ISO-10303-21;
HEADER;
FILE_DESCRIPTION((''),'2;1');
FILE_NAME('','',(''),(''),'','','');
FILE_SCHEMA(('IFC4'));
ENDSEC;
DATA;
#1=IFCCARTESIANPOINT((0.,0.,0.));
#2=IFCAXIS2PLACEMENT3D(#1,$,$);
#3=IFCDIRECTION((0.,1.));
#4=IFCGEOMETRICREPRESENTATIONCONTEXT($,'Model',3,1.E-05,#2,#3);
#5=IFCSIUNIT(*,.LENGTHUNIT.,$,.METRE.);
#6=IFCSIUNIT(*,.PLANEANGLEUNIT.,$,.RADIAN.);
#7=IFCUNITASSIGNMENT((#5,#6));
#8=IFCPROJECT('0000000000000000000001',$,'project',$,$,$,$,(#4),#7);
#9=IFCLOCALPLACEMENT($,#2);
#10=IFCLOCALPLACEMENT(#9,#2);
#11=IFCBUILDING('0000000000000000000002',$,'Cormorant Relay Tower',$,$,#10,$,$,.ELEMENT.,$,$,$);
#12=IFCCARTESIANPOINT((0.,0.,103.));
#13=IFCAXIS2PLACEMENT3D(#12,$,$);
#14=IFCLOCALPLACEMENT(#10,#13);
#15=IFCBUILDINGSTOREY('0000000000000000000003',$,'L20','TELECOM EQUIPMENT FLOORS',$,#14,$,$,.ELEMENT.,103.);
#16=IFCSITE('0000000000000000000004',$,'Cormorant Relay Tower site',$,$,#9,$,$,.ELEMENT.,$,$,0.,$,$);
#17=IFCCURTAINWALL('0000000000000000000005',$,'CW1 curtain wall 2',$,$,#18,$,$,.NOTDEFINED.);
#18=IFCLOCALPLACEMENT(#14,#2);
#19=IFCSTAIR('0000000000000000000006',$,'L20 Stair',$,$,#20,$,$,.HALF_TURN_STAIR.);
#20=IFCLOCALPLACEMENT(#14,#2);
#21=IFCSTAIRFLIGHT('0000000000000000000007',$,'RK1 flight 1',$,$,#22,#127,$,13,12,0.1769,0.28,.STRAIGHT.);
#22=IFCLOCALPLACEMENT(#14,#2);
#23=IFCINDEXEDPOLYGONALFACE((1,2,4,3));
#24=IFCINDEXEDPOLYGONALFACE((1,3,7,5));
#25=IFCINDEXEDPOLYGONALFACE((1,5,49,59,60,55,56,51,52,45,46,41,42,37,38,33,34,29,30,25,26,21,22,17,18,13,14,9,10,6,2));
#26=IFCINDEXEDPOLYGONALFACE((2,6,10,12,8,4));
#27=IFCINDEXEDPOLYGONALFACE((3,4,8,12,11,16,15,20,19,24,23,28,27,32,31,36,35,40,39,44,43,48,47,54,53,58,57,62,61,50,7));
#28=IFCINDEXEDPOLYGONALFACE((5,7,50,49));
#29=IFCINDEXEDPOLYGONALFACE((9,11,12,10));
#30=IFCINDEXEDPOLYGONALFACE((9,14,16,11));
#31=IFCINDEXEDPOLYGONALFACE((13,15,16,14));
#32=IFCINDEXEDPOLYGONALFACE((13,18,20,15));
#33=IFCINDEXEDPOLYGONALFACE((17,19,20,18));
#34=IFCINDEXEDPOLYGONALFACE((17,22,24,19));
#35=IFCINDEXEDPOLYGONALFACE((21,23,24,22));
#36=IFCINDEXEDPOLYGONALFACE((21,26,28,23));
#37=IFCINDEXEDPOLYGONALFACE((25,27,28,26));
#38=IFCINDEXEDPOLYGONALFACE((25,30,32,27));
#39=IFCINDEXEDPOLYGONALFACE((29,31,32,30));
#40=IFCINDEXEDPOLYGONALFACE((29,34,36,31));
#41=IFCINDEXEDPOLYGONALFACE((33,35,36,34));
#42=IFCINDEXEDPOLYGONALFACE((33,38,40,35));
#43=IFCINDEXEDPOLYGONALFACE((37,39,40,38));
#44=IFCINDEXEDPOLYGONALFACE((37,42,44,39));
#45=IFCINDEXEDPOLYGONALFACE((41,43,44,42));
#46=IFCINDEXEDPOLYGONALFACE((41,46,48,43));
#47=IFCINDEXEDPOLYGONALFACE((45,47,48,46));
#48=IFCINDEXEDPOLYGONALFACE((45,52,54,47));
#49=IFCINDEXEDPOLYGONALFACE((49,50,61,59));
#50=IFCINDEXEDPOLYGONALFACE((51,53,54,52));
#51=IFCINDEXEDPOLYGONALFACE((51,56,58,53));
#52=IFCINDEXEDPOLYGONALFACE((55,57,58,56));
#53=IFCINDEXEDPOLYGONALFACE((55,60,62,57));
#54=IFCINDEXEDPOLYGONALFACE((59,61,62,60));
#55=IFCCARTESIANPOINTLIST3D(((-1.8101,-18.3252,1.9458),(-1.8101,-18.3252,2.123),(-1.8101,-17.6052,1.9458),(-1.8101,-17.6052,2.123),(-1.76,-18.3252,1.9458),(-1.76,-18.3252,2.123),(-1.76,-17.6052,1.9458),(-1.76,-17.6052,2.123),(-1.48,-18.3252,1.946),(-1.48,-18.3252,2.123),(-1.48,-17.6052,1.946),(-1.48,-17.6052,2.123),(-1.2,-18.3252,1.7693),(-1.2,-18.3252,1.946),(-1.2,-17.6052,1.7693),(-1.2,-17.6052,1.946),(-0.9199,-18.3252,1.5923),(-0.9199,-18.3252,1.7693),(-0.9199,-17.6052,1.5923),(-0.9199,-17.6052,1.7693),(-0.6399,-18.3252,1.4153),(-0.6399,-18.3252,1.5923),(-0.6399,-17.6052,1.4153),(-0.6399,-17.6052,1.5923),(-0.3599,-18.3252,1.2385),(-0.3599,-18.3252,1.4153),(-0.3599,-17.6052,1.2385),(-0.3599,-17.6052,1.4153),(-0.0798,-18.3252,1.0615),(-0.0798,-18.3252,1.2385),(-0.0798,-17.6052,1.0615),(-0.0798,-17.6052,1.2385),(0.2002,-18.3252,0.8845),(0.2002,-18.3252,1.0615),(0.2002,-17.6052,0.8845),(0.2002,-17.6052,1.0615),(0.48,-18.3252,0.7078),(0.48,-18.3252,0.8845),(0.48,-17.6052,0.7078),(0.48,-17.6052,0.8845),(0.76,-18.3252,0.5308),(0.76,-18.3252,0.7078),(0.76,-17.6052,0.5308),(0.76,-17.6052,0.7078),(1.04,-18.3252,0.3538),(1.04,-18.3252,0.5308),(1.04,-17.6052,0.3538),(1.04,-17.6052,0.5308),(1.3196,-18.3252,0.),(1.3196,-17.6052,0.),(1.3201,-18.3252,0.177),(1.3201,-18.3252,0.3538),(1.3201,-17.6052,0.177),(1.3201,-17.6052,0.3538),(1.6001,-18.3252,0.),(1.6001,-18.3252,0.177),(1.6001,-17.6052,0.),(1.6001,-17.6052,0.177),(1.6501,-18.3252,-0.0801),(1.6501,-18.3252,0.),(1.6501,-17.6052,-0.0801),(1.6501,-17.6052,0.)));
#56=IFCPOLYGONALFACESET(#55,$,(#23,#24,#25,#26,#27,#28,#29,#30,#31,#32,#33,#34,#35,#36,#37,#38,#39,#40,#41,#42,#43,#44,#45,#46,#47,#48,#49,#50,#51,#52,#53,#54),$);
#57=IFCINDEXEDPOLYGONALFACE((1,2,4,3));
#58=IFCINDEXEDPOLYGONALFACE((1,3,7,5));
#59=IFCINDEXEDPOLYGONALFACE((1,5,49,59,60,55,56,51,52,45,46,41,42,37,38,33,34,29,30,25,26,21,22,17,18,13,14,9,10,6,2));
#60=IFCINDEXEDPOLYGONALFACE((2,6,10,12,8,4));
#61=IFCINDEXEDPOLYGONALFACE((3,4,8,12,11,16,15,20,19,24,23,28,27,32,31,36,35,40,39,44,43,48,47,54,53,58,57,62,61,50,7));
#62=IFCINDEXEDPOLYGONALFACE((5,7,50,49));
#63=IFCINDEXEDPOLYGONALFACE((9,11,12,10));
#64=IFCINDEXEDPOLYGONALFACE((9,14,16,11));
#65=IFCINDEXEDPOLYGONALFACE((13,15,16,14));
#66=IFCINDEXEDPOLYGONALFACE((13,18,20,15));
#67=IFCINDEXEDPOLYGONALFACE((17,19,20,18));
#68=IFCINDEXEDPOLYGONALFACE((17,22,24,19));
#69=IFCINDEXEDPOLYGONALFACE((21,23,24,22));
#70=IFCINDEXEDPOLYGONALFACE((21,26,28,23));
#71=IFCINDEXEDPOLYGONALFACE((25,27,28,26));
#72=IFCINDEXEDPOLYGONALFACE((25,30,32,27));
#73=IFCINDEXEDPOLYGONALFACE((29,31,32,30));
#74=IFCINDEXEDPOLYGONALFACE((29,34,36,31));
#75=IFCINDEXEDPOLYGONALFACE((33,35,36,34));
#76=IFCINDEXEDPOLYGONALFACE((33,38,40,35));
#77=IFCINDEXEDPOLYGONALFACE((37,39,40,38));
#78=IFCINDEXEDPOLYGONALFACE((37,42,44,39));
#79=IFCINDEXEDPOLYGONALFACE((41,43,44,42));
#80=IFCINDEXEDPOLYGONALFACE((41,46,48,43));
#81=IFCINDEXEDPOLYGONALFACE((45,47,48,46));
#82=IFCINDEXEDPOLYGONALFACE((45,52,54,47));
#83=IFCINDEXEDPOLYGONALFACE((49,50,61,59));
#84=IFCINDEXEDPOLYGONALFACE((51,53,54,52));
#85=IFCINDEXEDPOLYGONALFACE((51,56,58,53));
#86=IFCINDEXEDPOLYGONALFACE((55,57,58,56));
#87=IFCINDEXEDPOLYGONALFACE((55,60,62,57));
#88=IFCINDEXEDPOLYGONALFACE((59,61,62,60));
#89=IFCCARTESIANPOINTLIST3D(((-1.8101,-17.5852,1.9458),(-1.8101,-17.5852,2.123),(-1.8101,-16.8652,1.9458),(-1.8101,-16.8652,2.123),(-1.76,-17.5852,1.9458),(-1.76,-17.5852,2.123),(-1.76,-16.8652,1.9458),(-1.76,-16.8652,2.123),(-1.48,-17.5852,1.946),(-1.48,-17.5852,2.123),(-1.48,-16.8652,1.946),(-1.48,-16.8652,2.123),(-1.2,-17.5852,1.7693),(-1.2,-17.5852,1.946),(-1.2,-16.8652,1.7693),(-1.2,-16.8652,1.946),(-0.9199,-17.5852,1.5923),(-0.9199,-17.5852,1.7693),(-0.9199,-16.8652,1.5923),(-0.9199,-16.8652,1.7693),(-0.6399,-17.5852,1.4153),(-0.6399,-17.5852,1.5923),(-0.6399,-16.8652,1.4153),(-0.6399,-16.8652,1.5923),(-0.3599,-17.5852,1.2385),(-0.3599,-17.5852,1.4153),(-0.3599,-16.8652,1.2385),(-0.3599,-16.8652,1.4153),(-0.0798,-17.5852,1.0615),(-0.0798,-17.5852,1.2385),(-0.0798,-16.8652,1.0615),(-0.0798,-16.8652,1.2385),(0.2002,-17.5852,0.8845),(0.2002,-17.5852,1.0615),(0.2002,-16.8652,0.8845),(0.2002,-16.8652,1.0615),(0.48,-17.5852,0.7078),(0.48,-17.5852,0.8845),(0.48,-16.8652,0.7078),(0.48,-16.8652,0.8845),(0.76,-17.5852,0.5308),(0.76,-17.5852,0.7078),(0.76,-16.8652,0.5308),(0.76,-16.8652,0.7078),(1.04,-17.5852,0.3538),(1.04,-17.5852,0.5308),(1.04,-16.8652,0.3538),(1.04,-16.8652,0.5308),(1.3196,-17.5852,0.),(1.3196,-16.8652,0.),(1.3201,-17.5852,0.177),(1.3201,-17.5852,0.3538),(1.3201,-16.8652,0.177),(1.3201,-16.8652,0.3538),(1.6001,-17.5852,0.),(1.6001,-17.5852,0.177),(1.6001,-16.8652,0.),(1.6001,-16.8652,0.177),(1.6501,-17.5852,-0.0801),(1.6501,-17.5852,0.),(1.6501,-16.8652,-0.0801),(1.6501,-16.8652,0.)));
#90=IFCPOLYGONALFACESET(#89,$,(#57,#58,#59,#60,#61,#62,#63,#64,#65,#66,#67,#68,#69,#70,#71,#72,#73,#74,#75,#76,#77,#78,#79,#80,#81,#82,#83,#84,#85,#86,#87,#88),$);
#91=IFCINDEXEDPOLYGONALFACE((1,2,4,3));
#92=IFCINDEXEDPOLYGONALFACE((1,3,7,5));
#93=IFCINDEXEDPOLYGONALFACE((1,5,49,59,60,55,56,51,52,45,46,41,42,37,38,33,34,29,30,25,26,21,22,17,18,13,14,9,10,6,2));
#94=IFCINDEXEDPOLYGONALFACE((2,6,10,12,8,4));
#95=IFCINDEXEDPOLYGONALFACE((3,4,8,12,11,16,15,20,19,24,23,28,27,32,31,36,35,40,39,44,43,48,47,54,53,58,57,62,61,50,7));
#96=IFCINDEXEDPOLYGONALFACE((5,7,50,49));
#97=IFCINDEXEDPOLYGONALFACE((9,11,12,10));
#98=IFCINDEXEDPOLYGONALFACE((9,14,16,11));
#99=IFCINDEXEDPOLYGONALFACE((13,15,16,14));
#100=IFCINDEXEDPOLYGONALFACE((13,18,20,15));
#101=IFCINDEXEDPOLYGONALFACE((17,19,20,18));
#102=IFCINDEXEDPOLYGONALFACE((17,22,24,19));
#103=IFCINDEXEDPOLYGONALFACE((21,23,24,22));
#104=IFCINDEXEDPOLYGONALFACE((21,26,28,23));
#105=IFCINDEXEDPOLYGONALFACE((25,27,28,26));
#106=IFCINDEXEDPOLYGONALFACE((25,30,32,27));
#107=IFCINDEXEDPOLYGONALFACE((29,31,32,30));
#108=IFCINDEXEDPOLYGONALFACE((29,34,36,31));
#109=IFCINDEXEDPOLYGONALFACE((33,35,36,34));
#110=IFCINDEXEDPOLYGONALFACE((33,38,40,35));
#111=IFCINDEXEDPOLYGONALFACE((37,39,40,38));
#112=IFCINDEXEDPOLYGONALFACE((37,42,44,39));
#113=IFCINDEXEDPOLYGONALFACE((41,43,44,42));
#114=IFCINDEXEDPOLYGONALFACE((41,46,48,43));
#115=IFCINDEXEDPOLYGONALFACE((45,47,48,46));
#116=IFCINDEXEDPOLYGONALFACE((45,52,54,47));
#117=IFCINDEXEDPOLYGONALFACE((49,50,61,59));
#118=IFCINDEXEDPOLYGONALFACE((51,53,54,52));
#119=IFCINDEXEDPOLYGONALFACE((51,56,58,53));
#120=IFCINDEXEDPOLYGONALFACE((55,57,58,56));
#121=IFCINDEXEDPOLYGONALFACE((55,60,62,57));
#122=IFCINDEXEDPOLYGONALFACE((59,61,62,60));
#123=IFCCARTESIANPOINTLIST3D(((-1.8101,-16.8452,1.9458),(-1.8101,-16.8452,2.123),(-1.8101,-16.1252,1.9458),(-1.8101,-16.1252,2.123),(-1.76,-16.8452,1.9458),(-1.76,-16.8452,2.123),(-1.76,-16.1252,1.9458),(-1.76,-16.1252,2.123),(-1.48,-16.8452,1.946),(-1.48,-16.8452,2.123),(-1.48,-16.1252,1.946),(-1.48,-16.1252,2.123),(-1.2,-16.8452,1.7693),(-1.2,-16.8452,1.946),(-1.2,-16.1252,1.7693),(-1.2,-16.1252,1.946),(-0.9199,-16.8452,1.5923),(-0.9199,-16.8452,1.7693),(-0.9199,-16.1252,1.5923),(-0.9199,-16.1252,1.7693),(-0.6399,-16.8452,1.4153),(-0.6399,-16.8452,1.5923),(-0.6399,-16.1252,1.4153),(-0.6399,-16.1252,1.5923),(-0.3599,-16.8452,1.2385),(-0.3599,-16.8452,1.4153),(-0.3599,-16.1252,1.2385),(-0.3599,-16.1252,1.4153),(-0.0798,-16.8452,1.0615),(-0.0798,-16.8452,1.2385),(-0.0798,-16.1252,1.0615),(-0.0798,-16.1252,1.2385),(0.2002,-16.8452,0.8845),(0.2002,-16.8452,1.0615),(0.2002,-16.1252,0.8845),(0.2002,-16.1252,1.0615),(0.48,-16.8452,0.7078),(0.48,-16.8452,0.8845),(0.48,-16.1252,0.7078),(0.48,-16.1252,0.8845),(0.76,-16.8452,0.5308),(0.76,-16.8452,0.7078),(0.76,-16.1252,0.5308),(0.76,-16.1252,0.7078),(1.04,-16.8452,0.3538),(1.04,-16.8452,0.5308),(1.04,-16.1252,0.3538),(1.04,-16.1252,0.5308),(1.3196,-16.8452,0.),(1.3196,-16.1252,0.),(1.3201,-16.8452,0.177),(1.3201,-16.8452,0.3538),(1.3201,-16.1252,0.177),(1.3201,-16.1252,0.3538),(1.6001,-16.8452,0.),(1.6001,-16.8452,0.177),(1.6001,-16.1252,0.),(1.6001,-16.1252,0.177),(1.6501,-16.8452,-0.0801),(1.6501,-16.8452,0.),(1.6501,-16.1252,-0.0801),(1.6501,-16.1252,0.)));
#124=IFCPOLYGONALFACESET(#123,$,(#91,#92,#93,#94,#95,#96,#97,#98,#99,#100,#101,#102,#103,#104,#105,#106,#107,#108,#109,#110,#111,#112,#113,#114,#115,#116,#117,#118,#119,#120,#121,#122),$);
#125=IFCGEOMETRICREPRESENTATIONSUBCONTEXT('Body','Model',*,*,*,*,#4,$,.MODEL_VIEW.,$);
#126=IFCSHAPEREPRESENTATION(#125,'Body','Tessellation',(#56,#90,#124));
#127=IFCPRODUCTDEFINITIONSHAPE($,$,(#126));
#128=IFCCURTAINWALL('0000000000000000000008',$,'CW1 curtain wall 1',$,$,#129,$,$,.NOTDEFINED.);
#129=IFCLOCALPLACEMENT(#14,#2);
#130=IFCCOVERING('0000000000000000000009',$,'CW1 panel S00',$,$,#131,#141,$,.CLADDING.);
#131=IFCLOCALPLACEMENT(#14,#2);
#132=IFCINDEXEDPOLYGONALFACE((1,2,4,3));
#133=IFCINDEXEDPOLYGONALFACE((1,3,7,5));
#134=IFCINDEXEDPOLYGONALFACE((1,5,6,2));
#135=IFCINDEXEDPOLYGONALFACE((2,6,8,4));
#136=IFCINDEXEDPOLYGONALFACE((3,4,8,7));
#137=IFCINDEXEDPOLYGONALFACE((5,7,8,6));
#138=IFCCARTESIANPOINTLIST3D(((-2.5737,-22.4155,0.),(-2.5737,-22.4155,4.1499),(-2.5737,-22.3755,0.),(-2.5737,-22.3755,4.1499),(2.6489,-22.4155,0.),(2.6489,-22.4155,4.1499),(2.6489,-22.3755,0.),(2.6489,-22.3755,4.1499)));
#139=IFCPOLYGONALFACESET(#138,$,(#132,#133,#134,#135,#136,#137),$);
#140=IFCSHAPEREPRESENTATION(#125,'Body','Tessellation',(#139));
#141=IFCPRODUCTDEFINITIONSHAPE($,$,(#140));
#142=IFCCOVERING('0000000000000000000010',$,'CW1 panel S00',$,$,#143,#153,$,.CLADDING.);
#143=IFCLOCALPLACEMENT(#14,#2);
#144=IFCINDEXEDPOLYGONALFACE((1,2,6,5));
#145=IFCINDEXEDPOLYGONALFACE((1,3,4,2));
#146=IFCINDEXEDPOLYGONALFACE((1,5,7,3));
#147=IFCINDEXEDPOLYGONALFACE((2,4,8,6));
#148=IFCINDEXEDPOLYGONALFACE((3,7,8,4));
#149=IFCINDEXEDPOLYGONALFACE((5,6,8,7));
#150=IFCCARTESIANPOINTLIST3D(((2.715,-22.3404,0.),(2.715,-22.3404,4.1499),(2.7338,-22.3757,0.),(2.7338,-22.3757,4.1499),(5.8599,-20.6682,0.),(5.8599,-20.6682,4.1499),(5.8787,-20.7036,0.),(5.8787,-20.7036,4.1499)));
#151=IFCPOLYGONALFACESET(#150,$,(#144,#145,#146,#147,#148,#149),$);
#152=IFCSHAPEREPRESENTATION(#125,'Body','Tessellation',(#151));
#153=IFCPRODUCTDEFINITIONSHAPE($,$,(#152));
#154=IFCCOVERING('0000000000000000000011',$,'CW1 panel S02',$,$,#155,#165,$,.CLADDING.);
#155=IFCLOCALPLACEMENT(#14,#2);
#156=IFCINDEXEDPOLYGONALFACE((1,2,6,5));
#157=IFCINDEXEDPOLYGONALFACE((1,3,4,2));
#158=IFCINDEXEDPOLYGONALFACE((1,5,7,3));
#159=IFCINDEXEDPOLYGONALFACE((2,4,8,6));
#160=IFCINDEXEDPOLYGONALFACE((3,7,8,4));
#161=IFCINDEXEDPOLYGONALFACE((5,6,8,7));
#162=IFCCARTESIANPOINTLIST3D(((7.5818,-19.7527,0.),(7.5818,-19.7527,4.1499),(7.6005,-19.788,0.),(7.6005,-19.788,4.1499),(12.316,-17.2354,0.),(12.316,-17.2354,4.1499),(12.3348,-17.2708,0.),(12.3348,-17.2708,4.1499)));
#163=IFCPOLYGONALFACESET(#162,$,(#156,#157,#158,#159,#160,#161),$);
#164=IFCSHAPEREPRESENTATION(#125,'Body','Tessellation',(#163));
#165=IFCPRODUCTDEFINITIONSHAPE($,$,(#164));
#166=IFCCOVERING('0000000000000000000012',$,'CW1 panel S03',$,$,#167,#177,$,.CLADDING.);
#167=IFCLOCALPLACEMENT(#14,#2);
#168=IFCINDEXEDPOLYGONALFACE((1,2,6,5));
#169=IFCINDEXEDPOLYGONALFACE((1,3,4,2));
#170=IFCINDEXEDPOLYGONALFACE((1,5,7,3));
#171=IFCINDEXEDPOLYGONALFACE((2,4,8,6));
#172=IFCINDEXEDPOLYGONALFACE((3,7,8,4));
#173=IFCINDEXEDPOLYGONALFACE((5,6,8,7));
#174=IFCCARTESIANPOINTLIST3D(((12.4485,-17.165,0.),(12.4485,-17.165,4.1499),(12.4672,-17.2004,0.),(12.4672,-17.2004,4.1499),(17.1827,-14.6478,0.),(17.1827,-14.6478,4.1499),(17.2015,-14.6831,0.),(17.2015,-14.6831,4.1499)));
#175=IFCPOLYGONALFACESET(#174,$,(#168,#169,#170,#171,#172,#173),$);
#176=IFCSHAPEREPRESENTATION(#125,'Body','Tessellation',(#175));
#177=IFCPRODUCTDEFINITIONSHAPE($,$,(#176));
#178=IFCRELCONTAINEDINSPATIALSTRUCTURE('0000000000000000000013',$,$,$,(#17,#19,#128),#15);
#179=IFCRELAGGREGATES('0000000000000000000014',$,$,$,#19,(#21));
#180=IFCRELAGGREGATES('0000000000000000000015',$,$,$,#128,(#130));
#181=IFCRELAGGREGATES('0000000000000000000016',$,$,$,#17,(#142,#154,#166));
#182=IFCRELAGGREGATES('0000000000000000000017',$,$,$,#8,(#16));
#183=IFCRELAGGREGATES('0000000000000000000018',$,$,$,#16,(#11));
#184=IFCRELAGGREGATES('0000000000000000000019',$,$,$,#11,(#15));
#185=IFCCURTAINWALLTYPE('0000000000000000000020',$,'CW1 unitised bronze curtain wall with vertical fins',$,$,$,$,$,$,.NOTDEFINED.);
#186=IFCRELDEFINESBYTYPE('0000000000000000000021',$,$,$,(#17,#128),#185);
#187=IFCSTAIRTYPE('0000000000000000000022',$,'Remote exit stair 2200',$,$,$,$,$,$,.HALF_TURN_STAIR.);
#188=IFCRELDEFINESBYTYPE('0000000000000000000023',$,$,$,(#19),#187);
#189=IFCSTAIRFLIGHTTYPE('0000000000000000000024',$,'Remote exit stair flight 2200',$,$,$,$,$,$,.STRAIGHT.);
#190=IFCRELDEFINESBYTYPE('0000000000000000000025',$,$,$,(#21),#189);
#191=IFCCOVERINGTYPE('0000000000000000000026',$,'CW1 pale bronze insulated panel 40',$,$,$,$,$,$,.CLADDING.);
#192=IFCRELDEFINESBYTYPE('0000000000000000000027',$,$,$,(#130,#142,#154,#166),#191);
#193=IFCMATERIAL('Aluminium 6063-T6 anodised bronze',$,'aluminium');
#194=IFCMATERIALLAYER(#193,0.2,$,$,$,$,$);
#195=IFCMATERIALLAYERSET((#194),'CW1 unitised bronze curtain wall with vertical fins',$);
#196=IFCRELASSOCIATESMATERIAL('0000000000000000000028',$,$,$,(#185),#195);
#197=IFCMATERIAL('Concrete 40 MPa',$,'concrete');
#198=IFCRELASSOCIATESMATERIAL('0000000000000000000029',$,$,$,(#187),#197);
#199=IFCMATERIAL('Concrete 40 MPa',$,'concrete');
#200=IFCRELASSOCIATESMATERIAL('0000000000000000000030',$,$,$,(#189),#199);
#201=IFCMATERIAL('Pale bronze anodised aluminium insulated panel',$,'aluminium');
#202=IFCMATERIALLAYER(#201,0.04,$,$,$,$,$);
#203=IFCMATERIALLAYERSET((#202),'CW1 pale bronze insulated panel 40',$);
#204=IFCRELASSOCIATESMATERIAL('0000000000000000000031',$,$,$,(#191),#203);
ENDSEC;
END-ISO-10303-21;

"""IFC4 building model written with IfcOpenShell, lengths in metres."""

from ifc_helpers import new_model, si_unit, direction, frame, origin, origin_2d, place, context, subcontext, project, spatial, polyline, rectangle, outline, extrude, material, layer, layer_set, type_object, element, aggregate, save


model = new_model("IFC4")

# Units and contexts
model_context = context("Model", 3, precision=1e-05, world=origin(), true_north=direction((0.0, 1.0)))
body_context = subcontext(model_context, "Body", "Model", "MODEL_VIEW")
ifc_project = project(units=[si_unit("LENGTHUNIT", "METRE"), si_unit("PLANEANGLEUNIT", "RADIAN")], contexts=[model_context])

# Site, building, storey
site_placement = place(None, origin())
site = spatial("IfcSite", under=ifc_project, at=site_placement, Name="Cormorant Relay Tower site", CompositionType="ELEMENT", RefElevation=0.0)
building_placement = place(site_placement, origin())
building = spatial("IfcBuilding", under=site, at=building_placement, Name="Cormorant Relay Tower", CompositionType="ELEMENT")
storey_placement = place(building_placement, frame((0.0, 0.0, 103.0)))
storey = spatial("IfcBuildingStorey", under=building, at=storey_placement, Name="L20", Description="TELECOM EQUIPMENT FLOORS", CompositionType="ELEMENT", Elevation=103.0)

# Curtain wall
ifc_material_1 = material(Name="Aluminium 6063-T6 anodised bronze", Category="aluminium")
ifc_layer_1 = layer(ifc_material_1, 0.2)
ifc_layer_set_1 = layer_set([ifc_layer_1], Name="CW1 unitised bronze curtain wall with vertical fins")
curtain_wall_type = type_object("IfcCurtainWallType", Name="CW1 unitised bronze curtain wall with vertical fins", PredefinedType="NOTDEFINED", material=ifc_layer_set_1)
curtain_wall_1_placement = place(storey_placement, origin())
curtain_wall_1 = element("IfcCurtainWall", 1, at=curtain_wall_1_placement, inside=storey, type_object=curtain_wall_type, Name="CW1 curtain wall 2", PredefinedType="NOTDEFINED")

# Stair, stair flight
ifc_material_2 = material(Name="Concrete 40 MPa", Category="concrete")
stair_type = type_object("IfcStairType", Name="Remote exit stair 2200", PredefinedType="HALF_TURN_STAIR", material=ifc_material_2)
stair_placement = place(storey_placement, origin())
stair = element("IfcStair", 2, at=stair_placement, inside=storey, type_object=stair_type, Name="L20 Stair", PredefinedType="HALF_TURN_STAIR")
ifc_material_3 = material(Name="Concrete 40 MPa", Category="concrete")
stair_flight_type = type_object("IfcStairFlightType", Name="Remote exit stair flight 2200", PredefinedType="STRAIGHT", material=ifc_material_3)
stair_flight_placement = place(storey_placement, frame((1.6001, -17.2251, 0.0), z_axis=(0.0, 0.0, 1.0), x_axis=(-1.0, 0.0, 0.0)))
stair_flight = element("IfcStairFlight", 3, at=stair_flight_placement, type_object=stair_flight_type, Name="RK1 flight 1", NumberOfRisers=13, NumberOfTreads=12, PredefinedType="STRAIGHT", RiserHeight=0.1769, TreadLength=0.28, context=body_context, shape_type="SweptSolid", body=[
    extrude(outline(polyline([(-0.05, -0.0801), (-0.05, 0.0), (0.0, 0.0), (0.0, 0.177), (0.28, 0.177), (0.28, 0.3538), (0.5601, 0.3538), (0.5601, 0.5308), (0.8401, 0.5308), (0.8401, 0.7078), (1.1201, 0.7078), (1.1201, 0.8845), (1.3999, 0.8845), (1.3999, 1.0615), (1.6799, 1.0615), (1.6799, 1.2385), (1.96, 1.2385), (1.96, 1.4153), (2.24, 1.4153), (2.24, 1.5923), (2.52, 1.5923), (2.52, 1.7693), (2.8, 1.7693), (2.8, 1.946), (3.0801, 1.946), (3.0801, 2.123), (3.3601, 2.123), (3.4102, 2.123), (3.4102, 1.9458), (3.3601, 1.9458), (0.2805, 0.0), (-0.05, -0.0801)])), frame((0.0, 1.1001, 0.0), z_axis=(0.0, -1.0, 0.0), x_axis=(1.0, 0.0, 0.0)), (0.0, 0.0, 1.0), 0.72),
    extrude(outline(polyline([(-0.05, -0.0801), (-0.05, 0.0), (0.0, 0.0), (0.0, 0.177), (0.28, 0.177), (0.28, 0.3538), (0.5601, 0.3538), (0.5601, 0.5308), (0.8401, 0.5308), (0.8401, 0.7078), (1.1201, 0.7078), (1.1201, 0.8845), (1.3999, 0.8845), (1.3999, 1.0615), (1.6799, 1.0615), (1.6799, 1.2385), (1.96, 1.2385), (1.96, 1.4153), (2.24, 1.4153), (2.24, 1.5923), (2.52, 1.5923), (2.52, 1.7693), (2.8, 1.7693), (2.8, 1.946), (3.0801, 1.946), (3.0801, 2.123), (3.3601, 2.123), (3.4102, 2.123), (3.4102, 1.9458), (3.3601, 1.9458), (0.2805, 0.0), (-0.05, -0.0801)])), frame((0.0, 0.3601, 0.0), z_axis=(0.0, -1.0, 0.0), x_axis=(1.0, 0.0, 0.0)), (0.0, 0.0, 1.0), 0.72),
    extrude(outline(polyline([(-0.05, -0.0801), (-0.05, 0.0), (0.0, 0.0), (0.0, 0.177), (0.28, 0.177), (0.28, 0.3538), (0.5601, 0.3538), (0.5601, 0.5308), (0.8401, 0.5308), (0.8401, 0.7078), (1.1201, 0.7078), (1.1201, 0.8845), (1.3999, 0.8845), (1.3999, 1.0615), (1.6799, 1.0615), (1.6799, 1.2385), (1.96, 1.2385), (1.96, 1.4153), (2.24, 1.4153), (2.24, 1.5923), (2.52, 1.5923), (2.52, 1.7693), (2.8, 1.7693), (2.8, 1.946), (3.0801, 1.946), (3.0801, 2.123), (3.3601, 2.123), (3.4102, 2.123), (3.4102, 1.9458), (3.3601, 1.9458), (0.2805, 0.0), (-0.05, -0.0801)])), frame((0.0, -0.3799, 0.0), z_axis=(0.0, -1.0, 0.0), x_axis=(1.0, 0.0, 0.0)), (0.0, 0.0, 1.0), 0.72),
])
aggregate(stair, [stair_flight])

# Curtain wall, covering
curtain_wall_2_placement = place(storey_placement, origin())
curtain_wall_2 = element("IfcCurtainWall", 4, at=curtain_wall_2_placement, inside=storey, type_object=curtain_wall_type, Name="CW1 curtain wall 1", PredefinedType="NOTDEFINED")
ifc_material_4 = material(Name="Pale bronze anodised aluminium insulated panel", Category="aluminium")
ifc_layer_2 = layer(ifc_material_4, 0.04)
ifc_layer_set_2 = layer_set([ifc_layer_2], Name="CW1 pale bronze insulated panel 40")
covering_type = type_object("IfcCoveringType", Name="CW1 pale bronze insulated panel 40", PredefinedType="CLADDING", material=ifc_layer_set_2)
covering_1_placement = place(storey_placement, frame((0.0376, -22.3955, 0.0), z_axis=(0.0, 0.0, 1.0), x_axis=(1.0, 0.0, 0.0)))
covering_1 = element("IfcCovering", 5, at=covering_1_placement, type_object=covering_type, Name="CW1 panel S00", PredefinedType="CLADDING", context=body_context, shape_type="SweptSolid", body=[
    extrude(rectangle(XDim=5.2227, YDim=0.04, at=origin_2d()), origin(), (0.0, 0.0, 1.0), 4.1499),
])
aggregate(curtain_wall_2, [covering_1])

# Coverings
covering_2_placement = place(storey_placement, frame((4.2969, -21.522, 0.0), z_axis=(0.0, 0.0, 1.0), x_axis=(0.882948, 0.469472, 0.0)))
covering_2 = element("IfcCovering", 6, at=covering_2_placement, type_object=covering_type, Name="CW1 panel S00", PredefinedType="CLADDING", context=body_context, shape_type="SweptSolid", body=[
    extrude(rectangle(XDim=3.5618, YDim=0.04, at=origin_2d()), origin(), (0.0, 0.0, 1.0), 4.1499),
])
covering_3_placement = place(storey_placement, frame((9.9583, -18.5117, 0.0), z_axis=(0.0, 0.0, 1.0), x_axis=(0.882948, 0.469472, 0.0)))
covering_3 = element("IfcCovering", 7, at=covering_3_placement, type_object=covering_type, Name="CW1 panel S02", PredefinedType="CLADDING", context=body_context, shape_type="SweptSolid", body=[
    extrude(rectangle(XDim=5.3618, YDim=0.04, at=origin_2d()), origin(), (0.0, 0.0, 1.0), 4.1499),
])
covering_4_placement = place(storey_placement, frame((14.825, -15.9241, 0.0), z_axis=(0.0, 0.0, 1.0), x_axis=(0.882948, 0.469472, 0.0)))
covering_4 = element("IfcCovering", 8, at=covering_4_placement, type_object=covering_type, Name="CW1 panel S03", PredefinedType="CLADDING", context=body_context, shape_type="SweptSolid", body=[
    extrude(rectangle(XDim=5.3618, YDim=0.04, at=origin_2d()), origin(), (0.0, 0.0, 1.0), 4.1499),
])
aggregate(curtain_wall_1, [covering_2, covering_3, covering_4])

save(model, "model.ifc")
